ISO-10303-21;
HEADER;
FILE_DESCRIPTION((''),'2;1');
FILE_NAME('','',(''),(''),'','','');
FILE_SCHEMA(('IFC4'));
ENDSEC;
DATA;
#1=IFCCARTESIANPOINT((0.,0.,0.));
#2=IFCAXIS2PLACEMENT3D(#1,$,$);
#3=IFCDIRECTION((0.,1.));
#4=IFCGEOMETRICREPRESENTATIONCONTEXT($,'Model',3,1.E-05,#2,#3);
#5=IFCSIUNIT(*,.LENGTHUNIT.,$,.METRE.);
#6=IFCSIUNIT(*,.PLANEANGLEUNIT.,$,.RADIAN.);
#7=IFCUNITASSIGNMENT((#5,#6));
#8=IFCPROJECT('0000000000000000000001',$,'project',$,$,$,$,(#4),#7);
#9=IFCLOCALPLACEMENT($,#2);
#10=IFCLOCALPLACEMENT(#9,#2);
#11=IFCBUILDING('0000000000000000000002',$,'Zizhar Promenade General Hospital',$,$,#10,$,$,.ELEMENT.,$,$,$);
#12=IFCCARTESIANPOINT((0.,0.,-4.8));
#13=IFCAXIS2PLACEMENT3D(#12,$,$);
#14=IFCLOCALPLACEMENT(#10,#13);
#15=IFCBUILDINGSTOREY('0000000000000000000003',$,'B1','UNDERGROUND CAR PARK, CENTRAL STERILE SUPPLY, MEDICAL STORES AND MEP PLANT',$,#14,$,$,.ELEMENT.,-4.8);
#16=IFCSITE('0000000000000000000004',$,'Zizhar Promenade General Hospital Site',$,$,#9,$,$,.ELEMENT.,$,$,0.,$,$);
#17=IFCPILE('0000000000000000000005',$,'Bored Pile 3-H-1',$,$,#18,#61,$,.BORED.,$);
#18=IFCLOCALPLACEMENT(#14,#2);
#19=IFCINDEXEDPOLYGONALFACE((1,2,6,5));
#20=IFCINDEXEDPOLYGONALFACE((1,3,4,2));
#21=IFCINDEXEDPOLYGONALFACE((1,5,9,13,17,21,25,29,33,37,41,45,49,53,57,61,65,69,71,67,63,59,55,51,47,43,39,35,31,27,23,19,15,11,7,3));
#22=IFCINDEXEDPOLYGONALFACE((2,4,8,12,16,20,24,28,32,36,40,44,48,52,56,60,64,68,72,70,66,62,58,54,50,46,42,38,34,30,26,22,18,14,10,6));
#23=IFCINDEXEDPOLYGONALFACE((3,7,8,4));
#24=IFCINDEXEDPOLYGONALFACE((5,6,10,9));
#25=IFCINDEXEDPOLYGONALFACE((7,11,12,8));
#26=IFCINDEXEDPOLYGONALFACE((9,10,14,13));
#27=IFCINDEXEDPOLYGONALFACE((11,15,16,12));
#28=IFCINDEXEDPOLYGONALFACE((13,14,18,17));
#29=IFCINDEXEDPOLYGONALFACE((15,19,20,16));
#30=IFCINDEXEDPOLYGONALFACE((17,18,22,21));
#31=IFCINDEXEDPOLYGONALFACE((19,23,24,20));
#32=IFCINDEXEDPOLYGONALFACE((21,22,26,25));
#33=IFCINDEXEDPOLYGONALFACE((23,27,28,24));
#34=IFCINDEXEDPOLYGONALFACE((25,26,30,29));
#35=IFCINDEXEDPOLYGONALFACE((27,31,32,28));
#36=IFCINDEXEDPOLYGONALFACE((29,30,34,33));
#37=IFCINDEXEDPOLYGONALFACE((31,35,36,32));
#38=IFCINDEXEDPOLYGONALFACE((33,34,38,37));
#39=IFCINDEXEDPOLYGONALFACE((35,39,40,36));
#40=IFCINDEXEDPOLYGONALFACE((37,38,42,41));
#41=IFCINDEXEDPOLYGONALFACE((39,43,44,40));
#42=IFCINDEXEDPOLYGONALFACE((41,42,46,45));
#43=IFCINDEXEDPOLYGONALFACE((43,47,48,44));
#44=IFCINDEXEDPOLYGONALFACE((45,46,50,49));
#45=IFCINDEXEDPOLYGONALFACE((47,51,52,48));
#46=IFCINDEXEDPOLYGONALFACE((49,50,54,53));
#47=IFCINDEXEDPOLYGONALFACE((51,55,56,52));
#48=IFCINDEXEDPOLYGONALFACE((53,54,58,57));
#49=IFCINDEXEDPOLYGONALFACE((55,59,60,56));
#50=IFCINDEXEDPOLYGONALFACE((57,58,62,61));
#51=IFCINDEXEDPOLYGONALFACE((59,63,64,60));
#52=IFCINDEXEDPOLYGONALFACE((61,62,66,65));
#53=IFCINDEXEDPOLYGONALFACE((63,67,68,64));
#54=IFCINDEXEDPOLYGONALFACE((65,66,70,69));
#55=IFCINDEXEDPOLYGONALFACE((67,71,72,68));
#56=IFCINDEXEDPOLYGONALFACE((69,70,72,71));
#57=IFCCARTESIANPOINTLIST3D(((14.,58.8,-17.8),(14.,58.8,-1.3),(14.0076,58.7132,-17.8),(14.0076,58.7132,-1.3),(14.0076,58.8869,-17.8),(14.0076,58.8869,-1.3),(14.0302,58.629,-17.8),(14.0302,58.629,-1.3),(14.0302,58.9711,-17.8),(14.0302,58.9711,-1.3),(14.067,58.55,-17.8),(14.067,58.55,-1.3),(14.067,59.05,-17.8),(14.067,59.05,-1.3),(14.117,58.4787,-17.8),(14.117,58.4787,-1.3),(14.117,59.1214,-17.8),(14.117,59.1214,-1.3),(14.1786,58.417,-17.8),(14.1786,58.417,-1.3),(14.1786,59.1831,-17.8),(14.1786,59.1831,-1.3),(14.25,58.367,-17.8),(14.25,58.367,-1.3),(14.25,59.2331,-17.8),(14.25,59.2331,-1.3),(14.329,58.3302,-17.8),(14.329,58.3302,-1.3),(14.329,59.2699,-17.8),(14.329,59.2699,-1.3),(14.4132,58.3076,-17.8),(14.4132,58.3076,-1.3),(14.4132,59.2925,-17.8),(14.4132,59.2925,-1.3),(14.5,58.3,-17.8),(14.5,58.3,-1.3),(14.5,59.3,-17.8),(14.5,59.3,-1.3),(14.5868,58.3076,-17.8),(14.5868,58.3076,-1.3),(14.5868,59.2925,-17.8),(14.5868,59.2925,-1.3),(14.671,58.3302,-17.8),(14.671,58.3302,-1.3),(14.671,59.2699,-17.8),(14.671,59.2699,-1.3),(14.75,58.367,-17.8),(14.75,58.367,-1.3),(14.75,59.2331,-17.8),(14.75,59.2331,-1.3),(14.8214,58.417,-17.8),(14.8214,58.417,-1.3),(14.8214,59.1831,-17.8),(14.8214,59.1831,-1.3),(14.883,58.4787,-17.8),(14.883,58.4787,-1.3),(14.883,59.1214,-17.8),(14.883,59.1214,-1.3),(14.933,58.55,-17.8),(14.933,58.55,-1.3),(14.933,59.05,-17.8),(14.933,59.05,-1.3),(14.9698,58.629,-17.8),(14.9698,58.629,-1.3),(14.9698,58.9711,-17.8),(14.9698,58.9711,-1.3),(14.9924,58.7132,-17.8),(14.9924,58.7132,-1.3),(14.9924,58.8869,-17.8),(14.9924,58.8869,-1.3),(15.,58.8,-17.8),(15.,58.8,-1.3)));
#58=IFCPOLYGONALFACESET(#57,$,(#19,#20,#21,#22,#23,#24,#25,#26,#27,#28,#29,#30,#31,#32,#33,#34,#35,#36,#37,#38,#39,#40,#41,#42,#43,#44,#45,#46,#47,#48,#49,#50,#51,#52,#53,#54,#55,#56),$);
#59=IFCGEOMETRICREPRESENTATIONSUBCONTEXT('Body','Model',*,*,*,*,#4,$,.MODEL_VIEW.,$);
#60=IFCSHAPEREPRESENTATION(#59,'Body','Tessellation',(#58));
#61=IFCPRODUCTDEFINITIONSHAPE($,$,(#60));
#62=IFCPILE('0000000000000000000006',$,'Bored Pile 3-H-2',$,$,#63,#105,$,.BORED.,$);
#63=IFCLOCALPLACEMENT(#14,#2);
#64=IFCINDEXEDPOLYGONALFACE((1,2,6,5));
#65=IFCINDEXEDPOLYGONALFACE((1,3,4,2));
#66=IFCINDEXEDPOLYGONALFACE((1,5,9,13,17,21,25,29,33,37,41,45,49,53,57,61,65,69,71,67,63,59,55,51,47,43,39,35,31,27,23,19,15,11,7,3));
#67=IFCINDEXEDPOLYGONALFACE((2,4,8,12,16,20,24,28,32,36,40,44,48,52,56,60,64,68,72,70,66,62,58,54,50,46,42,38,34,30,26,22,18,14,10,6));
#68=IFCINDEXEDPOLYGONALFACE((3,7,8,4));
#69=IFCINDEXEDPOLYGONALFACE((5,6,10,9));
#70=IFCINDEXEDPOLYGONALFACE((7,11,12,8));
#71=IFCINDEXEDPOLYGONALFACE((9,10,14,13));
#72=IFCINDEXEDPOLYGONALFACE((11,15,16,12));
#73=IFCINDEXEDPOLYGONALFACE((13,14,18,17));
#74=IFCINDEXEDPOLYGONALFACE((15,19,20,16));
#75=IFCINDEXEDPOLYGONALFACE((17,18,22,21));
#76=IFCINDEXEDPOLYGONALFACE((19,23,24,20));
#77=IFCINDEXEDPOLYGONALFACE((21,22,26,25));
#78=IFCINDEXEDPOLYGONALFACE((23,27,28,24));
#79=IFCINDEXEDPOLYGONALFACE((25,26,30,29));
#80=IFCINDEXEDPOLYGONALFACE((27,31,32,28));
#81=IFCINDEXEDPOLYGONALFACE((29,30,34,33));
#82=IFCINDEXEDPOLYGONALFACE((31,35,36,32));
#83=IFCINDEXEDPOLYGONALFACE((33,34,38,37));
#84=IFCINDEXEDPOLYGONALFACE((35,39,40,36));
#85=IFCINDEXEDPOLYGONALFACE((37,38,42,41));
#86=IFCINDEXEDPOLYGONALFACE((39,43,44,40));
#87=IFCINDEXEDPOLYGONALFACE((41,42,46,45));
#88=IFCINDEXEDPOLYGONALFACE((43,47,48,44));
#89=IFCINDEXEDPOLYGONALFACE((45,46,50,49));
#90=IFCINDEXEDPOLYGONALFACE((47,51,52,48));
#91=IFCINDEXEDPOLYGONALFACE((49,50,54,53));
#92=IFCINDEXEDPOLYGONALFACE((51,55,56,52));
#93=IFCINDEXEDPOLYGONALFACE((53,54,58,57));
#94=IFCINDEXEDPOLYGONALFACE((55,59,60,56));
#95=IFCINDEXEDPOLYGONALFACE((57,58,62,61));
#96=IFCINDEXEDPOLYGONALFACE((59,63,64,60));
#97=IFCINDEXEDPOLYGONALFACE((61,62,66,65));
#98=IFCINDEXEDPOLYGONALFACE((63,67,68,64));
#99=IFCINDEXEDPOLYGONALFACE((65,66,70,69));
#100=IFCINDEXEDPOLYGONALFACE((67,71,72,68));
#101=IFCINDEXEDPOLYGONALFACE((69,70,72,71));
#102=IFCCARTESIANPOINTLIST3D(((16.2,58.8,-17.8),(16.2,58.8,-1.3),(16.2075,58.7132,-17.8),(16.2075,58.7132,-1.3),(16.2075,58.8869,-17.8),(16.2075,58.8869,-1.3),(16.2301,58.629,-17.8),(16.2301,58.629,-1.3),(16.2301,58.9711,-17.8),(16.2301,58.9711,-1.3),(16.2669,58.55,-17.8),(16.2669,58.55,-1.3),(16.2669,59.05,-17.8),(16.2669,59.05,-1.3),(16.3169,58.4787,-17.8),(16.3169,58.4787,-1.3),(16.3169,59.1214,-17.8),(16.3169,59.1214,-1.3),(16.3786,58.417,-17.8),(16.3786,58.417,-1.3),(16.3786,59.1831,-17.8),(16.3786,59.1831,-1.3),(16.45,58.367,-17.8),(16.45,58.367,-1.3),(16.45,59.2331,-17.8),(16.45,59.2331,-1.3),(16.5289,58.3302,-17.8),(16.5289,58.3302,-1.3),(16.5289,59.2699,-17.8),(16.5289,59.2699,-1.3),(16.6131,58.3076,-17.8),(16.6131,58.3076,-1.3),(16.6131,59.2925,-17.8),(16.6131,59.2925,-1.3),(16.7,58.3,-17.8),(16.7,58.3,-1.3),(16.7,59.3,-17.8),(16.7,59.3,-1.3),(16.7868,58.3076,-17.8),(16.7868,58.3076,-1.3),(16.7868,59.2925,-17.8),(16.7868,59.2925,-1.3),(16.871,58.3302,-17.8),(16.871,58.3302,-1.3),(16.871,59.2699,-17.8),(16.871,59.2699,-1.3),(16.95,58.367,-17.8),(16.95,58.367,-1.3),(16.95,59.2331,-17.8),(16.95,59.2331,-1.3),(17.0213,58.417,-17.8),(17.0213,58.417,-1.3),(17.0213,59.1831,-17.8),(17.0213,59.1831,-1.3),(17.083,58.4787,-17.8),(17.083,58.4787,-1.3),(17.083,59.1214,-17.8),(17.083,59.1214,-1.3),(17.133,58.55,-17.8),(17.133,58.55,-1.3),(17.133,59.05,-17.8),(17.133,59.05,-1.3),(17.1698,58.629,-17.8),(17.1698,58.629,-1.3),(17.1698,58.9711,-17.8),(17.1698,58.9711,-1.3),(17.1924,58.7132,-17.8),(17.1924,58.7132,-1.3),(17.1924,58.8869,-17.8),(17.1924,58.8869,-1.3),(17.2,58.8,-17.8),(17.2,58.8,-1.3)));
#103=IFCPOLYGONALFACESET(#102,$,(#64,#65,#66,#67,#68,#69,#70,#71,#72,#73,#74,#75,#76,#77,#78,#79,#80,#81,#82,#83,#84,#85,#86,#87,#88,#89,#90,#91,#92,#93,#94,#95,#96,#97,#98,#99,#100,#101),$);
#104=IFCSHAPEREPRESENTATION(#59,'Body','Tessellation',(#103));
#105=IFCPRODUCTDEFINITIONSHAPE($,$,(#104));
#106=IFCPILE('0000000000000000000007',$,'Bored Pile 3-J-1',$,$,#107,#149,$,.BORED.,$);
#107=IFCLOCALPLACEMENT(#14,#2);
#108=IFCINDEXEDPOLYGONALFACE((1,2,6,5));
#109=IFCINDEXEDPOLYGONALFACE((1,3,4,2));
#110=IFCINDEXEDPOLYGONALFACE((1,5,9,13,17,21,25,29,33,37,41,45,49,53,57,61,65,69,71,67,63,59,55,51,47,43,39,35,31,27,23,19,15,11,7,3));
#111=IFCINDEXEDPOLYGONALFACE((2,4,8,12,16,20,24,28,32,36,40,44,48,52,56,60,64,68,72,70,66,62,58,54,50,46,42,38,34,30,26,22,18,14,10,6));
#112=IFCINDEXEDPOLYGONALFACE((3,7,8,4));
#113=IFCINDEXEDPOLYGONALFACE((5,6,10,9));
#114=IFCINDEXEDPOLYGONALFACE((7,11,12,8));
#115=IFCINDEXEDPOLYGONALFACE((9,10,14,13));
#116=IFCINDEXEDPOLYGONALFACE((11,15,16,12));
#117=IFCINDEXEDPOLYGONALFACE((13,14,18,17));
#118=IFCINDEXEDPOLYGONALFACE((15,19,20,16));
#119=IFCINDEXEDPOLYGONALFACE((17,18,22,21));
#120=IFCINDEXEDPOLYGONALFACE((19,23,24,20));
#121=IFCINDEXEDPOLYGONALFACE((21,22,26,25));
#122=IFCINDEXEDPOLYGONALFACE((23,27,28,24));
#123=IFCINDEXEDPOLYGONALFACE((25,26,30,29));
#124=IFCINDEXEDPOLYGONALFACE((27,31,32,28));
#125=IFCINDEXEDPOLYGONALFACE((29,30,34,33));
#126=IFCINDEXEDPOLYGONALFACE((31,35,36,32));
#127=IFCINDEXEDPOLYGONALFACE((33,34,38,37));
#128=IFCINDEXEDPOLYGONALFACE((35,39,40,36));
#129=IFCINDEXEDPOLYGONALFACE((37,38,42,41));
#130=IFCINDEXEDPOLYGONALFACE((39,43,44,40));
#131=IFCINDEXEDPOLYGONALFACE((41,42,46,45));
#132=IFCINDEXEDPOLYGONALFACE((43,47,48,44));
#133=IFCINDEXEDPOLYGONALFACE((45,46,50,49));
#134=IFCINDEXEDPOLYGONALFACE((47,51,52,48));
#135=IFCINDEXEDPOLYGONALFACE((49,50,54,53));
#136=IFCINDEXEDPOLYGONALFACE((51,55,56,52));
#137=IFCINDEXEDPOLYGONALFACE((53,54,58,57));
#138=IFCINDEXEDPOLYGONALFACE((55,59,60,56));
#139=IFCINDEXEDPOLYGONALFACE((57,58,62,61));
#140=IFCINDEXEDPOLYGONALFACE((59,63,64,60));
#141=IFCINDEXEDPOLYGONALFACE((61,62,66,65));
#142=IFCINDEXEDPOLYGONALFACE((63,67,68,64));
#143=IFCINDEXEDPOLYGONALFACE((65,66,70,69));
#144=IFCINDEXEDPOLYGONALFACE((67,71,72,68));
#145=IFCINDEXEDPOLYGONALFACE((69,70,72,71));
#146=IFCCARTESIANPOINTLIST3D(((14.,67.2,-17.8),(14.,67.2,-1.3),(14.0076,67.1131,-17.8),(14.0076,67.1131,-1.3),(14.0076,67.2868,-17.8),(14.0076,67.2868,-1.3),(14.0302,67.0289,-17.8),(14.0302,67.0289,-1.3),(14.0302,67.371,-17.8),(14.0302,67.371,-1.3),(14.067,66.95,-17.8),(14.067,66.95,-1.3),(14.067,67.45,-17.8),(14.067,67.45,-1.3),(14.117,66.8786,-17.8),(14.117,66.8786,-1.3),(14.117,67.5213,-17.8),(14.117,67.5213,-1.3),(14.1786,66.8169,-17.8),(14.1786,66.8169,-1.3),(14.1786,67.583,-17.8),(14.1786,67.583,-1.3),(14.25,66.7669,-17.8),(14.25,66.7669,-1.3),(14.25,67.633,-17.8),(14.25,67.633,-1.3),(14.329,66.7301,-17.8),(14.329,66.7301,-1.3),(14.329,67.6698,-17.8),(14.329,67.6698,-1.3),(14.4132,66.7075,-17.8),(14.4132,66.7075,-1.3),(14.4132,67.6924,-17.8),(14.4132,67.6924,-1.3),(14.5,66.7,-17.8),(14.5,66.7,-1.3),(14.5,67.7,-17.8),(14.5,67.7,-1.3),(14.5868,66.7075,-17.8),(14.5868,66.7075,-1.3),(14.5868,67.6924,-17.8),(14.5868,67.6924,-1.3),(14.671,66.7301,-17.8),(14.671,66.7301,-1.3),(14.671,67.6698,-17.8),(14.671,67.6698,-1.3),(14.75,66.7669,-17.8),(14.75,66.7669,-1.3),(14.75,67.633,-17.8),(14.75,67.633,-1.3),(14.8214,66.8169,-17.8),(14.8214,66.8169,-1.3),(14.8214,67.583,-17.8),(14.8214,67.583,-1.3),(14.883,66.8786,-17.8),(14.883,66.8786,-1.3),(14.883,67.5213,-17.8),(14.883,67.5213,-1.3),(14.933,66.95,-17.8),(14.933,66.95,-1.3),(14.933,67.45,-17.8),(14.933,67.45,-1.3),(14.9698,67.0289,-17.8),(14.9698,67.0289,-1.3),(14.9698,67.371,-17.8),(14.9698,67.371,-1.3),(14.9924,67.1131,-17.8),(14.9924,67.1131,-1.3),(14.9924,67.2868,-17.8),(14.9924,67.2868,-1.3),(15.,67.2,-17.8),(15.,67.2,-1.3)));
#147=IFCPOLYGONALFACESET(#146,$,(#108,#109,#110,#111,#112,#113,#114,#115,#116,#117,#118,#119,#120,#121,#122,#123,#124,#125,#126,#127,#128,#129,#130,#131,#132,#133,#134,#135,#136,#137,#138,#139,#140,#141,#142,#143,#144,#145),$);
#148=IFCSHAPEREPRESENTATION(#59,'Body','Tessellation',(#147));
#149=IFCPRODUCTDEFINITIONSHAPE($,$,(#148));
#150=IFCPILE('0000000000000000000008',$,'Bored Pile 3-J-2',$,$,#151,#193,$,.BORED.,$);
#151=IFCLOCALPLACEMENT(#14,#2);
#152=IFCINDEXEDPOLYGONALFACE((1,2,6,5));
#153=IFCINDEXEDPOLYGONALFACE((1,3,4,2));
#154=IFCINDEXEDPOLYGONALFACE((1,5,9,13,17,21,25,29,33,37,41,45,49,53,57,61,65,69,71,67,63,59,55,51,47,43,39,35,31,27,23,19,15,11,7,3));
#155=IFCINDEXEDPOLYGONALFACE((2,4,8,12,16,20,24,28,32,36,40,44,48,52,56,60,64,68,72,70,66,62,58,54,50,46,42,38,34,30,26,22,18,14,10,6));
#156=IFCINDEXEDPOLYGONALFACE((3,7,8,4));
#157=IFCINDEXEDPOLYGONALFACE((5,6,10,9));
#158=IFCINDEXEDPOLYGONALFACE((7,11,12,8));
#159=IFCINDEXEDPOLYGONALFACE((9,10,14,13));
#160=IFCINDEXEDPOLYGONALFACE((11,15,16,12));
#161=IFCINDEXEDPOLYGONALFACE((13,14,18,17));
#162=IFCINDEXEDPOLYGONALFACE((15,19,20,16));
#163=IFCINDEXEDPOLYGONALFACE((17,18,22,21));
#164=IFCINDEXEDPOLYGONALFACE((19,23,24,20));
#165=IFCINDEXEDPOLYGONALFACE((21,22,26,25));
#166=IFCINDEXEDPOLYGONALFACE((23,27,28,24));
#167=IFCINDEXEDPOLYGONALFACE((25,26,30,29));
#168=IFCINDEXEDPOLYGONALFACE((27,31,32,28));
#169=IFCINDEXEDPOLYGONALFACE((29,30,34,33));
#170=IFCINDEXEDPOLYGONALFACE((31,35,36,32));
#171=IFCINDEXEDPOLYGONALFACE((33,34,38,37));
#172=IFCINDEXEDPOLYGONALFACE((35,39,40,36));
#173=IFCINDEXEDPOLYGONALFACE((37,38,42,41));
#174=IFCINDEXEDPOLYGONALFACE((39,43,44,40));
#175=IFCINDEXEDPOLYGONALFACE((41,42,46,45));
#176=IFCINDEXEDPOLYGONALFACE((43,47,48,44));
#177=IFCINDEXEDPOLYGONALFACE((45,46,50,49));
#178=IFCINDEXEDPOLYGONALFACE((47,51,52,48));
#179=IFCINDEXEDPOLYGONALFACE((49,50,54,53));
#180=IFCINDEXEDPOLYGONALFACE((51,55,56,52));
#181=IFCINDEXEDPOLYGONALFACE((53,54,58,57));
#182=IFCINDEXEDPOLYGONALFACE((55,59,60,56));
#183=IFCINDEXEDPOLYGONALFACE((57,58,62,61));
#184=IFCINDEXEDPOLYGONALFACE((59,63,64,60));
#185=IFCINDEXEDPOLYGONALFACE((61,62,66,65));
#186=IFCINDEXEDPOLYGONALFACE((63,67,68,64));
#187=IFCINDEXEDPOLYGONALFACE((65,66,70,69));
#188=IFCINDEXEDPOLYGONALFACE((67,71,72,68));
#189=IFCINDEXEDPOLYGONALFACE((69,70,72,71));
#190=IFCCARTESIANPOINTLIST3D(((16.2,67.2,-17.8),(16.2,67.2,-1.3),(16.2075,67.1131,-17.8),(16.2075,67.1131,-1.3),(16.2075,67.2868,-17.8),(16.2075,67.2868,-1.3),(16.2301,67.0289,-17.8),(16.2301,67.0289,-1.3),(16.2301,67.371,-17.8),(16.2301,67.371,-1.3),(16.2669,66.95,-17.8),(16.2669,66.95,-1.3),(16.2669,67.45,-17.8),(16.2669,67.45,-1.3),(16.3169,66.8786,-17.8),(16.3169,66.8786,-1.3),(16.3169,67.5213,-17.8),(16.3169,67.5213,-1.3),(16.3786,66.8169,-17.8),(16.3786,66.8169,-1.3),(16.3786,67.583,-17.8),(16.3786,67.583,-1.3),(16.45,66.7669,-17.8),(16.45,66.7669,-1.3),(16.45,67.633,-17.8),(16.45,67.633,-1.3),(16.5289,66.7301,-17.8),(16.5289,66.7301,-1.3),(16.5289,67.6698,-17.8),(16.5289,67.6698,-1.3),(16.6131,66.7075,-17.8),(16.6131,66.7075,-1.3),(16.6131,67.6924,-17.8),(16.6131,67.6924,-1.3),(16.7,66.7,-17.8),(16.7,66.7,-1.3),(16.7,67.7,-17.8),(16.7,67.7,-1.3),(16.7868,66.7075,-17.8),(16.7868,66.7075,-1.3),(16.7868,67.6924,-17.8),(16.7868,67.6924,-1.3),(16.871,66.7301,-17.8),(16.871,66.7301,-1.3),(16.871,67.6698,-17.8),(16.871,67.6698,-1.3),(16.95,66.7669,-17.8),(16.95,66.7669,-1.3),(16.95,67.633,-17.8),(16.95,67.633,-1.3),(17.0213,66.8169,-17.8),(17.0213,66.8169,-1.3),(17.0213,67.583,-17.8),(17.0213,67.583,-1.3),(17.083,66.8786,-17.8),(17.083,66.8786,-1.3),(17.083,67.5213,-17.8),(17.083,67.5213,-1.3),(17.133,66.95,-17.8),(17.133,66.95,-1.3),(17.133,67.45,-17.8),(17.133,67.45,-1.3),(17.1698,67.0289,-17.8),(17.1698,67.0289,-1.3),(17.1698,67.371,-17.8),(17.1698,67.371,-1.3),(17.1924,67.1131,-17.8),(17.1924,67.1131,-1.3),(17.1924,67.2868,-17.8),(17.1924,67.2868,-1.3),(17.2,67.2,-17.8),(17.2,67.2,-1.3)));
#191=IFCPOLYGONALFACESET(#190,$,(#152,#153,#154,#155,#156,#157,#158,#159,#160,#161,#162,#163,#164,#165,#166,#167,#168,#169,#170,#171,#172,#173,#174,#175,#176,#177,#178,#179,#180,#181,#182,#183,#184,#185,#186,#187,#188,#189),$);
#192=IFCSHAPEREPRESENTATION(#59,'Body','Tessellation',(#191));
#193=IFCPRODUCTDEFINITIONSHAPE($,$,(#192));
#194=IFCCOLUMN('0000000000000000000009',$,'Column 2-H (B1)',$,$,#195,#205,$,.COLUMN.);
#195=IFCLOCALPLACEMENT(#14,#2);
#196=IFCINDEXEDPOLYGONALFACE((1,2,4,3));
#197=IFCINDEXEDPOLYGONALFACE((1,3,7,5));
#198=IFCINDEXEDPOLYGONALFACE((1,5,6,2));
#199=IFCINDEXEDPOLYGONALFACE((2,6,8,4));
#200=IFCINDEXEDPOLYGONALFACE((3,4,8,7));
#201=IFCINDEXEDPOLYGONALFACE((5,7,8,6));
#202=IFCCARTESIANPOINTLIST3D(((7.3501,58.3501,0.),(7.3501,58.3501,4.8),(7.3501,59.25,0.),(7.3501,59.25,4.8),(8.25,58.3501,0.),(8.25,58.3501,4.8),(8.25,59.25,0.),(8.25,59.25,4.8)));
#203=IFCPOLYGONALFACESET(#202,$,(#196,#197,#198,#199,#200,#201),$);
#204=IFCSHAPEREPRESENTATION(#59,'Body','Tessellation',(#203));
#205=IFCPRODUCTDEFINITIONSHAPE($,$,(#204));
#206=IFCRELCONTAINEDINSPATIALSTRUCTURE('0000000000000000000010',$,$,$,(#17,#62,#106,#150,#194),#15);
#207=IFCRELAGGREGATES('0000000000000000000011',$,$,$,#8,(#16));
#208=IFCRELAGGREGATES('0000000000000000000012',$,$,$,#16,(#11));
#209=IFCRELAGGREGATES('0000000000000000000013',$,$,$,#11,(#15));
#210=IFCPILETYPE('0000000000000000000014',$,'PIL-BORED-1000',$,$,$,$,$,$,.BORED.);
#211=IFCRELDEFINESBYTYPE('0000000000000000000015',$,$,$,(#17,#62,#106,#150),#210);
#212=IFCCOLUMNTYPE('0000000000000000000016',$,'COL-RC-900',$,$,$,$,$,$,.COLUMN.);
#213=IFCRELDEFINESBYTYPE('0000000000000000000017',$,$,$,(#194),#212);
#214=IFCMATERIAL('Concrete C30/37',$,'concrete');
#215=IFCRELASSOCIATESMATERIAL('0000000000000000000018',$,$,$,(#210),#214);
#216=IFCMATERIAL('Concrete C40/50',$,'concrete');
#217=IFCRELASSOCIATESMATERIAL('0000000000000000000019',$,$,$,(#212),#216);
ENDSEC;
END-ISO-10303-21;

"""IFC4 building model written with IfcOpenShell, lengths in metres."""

from ifc_helpers import new_model, si_unit, direction, frame, origin, origin_2d, place, context, subcontext, project, spatial, rectangle, circle, extrude, material, material_profile, profile_set, type_object, element, save


model = new_model("IFC4")

# Units and contexts
model_context = context("Model", 3, precision=1e-05, world=origin(), true_north=direction((0.0, 1.0)))
body_context = subcontext(model_context, "Body", "Model", "MODEL_VIEW")
ifc_project = project(units=[si_unit("LENGTHUNIT", "METRE"), si_unit("PLANEANGLEUNIT", "RADIAN")], contexts=[model_context])

# Site, building, storey
site_placement = place(None, origin())
site = spatial("IfcSite", under=ifc_project, at=site_placement, Name="Zizhar Promenade General Hospital Site", CompositionType="ELEMENT", RefElevation=0.0)
building_placement = place(site_placement, origin())
building = spatial("IfcBuilding", under=site, at=building_placement, Name="Zizhar Promenade General Hospital", CompositionType="ELEMENT")
storey_placement = place(building_placement, frame((0.0, 0.0, -4.8)))
storey = spatial("IfcBuildingStorey", under=building, at=storey_placement, Name="B1", Description="UNDERGROUND CAR PARK, CENTRAL STERILE SUPPLY, MEDICAL STORES AND MEP PLANT", CompositionType="ELEMENT", Elevation=-4.8)

# Piles
ifc_material_1 = material(Name="Concrete C30/37", Category="concrete")
ifc_material_profile_1 = material_profile(ifc_material_1, circle(Radius=0.5, at=origin_2d()))
ifc_profile_set_1 = profile_set([ifc_material_profile_1], Name="Concrete C30/37")
pile_type = type_object("IfcPileType", Name="PIL-BORED-1000", PredefinedType="BORED", material=ifc_profile_set_1)
for number, where, z_axis, x_axis, name in (
    (1, (14.5, 58.8, -1.3), (0.0, 0.0, -1.0), (1.0, 0.0, 0.0), "Bored Pile 3-H-1"),
    (2, (16.7, 58.8, -1.3), (0.0, 0.0, -1.0), (1.0, 0.0, 0.0), "Bored Pile 3-H-2"),
    (3, (14.5, 67.2, -1.3), (0.0, 0.0, -1.0), (1.0, 0.0, 0.0), "Bored Pile 3-J-1"),
    (4, (16.7, 67.2, -1.3), (0.0, 0.0, -1.0), (1.0, 0.0, 0.0), "Bored Pile 3-J-2"),
):
    element("IfcPile", number, at=place(storey_placement, frame(where, z_axis=z_axis, x_axis=x_axis)), inside=storey, type_object=pile_type, Name=name, PredefinedType="BORED", context=body_context, shape_type="SweptSolid", body=[
        extrude(circle(Radius=0.5, at=origin_2d()), origin(), (0.0, 0.0, 1.0), 16.5),
    ])

# Column
ifc_material_2 = material(Name="Concrete C40/50", Category="concrete")
ifc_material_profile_2 = material_profile(ifc_material_2, rectangle(XDim=0.8999, YDim=0.8999, at=origin_2d()))
ifc_profile_set_2 = profile_set([ifc_material_profile_2], Name="Concrete C40/50")
column_type = type_object("IfcColumnType", Name="COL-RC-900", PredefinedType="COLUMN", material=ifc_profile_set_2)
for number, where, z_axis, x_axis, name in (
    (5, (7.8, 58.8, 0.0), (0.0, 0.0, 1.0), (1.0, 0.0, 0.0), "Column 2-H (B1)"),
):
    element("IfcColumn", number, at=place(storey_placement, frame(where, z_axis=z_axis, x_axis=x_axis)), inside=storey, type_object=column_type, Name=name, PredefinedType="COLUMN", context=body_context, shape_type="SweptSolid", body=[
        extrude(rectangle(XDim=0.8999, YDim=0.8999, at=origin_2d()), origin(), (0.0, 0.0, 1.0), 4.8),
    ])

save(model, "model.ifc")
